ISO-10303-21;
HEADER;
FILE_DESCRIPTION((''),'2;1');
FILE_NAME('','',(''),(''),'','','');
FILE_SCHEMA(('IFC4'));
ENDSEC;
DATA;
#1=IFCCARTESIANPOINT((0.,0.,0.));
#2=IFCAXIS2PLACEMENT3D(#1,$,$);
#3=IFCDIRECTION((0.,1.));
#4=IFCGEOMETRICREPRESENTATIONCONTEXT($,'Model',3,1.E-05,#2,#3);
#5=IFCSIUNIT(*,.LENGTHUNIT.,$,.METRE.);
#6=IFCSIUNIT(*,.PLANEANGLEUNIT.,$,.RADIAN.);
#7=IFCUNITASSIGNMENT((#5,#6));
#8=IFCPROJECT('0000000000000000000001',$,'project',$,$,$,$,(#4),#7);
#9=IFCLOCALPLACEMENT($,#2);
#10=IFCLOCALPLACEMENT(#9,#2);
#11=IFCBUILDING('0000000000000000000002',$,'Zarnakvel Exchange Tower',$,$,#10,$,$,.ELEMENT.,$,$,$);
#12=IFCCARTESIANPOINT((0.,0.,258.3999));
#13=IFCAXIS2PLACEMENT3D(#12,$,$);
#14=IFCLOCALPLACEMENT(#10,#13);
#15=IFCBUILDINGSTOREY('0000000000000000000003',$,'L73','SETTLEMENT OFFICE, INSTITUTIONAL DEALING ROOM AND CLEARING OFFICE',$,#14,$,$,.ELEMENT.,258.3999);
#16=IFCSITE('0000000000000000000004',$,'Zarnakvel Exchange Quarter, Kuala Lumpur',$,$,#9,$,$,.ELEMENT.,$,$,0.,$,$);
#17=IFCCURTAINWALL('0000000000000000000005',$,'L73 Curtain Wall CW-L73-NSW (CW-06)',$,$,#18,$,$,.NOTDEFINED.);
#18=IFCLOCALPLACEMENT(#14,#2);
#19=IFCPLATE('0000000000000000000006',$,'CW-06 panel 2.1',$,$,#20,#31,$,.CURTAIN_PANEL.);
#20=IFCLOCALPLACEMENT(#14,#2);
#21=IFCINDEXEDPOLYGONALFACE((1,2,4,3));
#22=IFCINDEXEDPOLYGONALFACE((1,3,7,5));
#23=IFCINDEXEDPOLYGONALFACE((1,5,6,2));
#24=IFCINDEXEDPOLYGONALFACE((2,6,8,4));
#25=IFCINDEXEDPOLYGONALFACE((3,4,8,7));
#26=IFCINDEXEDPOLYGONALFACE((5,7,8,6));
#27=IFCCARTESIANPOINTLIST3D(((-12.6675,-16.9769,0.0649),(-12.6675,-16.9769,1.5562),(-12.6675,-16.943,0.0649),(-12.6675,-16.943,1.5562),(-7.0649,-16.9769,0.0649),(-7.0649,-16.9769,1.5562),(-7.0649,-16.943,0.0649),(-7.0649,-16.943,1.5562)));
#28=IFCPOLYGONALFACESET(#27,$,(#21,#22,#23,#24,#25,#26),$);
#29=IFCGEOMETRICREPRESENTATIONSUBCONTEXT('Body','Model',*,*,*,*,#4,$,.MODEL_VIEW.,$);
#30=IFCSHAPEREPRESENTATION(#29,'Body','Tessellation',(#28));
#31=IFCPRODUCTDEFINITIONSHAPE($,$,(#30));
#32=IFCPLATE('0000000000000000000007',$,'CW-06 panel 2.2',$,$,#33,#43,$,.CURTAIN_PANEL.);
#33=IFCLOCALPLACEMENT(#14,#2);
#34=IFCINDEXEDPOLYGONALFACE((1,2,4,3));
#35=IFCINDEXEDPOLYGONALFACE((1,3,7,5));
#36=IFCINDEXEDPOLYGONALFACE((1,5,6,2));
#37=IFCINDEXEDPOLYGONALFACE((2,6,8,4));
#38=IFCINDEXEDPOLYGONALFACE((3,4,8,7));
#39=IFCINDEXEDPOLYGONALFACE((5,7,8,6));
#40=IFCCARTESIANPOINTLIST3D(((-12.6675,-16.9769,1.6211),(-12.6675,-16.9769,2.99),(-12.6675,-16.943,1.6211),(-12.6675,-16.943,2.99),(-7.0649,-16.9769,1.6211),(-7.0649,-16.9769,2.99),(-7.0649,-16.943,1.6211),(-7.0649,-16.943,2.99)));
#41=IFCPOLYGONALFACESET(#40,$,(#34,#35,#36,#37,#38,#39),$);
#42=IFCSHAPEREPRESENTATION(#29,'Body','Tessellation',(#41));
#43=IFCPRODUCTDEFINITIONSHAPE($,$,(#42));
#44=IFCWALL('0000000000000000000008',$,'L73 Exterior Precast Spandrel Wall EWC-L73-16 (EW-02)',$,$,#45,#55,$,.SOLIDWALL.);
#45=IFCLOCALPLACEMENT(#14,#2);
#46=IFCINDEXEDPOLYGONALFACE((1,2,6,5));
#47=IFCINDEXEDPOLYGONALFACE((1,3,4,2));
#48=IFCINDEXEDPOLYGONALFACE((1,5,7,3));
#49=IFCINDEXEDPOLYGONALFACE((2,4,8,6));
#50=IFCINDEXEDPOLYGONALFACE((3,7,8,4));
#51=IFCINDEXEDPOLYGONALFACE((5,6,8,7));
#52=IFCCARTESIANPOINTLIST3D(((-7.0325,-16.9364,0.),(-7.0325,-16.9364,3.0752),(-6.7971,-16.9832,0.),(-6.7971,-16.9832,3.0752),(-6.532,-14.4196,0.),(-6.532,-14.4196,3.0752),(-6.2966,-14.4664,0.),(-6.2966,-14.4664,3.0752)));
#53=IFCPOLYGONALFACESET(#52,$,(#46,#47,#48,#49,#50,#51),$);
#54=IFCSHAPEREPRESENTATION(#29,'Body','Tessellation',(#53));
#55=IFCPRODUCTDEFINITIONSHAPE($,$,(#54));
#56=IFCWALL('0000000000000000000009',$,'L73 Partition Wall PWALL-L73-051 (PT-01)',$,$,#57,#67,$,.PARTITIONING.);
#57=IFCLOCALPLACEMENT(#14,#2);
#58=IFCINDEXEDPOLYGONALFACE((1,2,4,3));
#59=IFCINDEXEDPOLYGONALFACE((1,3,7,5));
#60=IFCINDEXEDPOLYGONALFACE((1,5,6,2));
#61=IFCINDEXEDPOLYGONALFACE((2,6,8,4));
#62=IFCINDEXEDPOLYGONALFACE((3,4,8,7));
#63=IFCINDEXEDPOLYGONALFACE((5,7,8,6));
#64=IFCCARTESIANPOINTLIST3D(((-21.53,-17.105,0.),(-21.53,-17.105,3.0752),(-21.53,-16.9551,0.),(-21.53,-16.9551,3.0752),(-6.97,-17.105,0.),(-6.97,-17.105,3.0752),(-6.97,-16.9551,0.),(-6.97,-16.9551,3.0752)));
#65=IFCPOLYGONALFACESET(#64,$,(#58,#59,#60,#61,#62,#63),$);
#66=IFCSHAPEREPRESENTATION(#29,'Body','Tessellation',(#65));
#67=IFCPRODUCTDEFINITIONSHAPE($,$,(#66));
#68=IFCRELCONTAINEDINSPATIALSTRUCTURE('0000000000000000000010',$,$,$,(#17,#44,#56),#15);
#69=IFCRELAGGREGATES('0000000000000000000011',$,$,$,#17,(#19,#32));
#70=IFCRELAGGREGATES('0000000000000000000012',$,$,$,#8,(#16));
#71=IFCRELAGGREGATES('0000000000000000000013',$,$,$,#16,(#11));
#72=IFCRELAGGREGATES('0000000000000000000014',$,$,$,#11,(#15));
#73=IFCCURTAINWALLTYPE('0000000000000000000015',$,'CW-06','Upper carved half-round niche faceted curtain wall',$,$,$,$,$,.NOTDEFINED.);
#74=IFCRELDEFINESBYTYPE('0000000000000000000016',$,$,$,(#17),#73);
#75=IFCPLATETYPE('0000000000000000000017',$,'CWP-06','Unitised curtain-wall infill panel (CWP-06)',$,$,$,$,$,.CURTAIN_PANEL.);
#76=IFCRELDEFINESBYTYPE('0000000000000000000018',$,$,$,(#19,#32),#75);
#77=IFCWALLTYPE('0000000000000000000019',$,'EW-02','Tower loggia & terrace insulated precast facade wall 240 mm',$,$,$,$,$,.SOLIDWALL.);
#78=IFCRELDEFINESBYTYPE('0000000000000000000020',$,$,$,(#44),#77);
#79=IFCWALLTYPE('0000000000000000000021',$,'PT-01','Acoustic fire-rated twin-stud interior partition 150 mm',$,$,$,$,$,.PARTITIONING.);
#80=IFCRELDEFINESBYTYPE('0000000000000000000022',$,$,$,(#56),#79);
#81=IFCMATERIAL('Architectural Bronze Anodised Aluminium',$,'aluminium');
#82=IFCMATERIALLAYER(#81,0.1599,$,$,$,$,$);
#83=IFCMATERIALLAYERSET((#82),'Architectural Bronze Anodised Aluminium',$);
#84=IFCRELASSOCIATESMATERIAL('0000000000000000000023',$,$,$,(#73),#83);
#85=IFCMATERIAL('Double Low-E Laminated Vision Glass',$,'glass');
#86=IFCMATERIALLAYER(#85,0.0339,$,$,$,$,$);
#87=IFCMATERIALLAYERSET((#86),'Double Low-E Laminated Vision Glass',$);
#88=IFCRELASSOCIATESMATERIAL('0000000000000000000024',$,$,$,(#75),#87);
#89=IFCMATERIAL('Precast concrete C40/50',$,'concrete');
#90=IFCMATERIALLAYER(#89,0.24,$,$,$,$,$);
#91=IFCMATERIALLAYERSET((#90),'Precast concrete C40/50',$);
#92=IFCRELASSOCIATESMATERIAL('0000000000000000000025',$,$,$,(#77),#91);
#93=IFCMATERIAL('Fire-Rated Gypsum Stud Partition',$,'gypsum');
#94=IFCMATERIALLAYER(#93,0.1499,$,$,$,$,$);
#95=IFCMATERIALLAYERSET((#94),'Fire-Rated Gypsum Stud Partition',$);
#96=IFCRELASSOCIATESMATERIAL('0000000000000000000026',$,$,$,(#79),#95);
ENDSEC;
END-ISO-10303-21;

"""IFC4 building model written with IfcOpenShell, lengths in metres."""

from ifc_helpers import new_model, si_unit, direction, frame, frame_2d, origin, origin_2d, place, context, subcontext, project, spatial, rectangle, extrude, source, transform, mapped, material, layer, layer_set, type_object, element, aggregate, save


model = new_model("IFC4")

# Units and contexts
model_context = context("Model", 3, precision=1e-05, world=origin(), true_north=direction((0.0, 1.0)))
body_context = subcontext(model_context, "Body", "Model", "MODEL_VIEW")
ifc_project = project(units=[si_unit("LENGTHUNIT", "METRE"), si_unit("PLANEANGLEUNIT", "RADIAN")], contexts=[model_context])

# Site, building, storey
site_placement = place(None, origin())
site = spatial("IfcSite", under=ifc_project, at=site_placement, Name="Zarnakvel Exchange Quarter, Kuala Lumpur", CompositionType="ELEMENT", RefElevation=0.0)
building_placement = place(site_placement, origin())
building = spatial("IfcBuilding", under=site, at=building_placement, Name="Zarnakvel Exchange Tower", CompositionType="ELEMENT")
storey_placement = place(building_placement, frame((0.0, 0.0, 258.3999)))
storey = spatial("IfcBuildingStorey", under=building, at=storey_placement, Name="L73", Description="SETTLEMENT OFFICE, INSTITUTIONAL DEALING ROOM AND CLEARING OFFICE", CompositionType="ELEMENT", Elevation=258.3999)

# Shared definitions
ifc_material_1 = material(Name="Architectural Bronze Anodised Aluminium", Category="aluminium")
ifc_layer_1 = layer(ifc_material_1, 0.1599)
ifc_layer_set_1 = layer_set([ifc_layer_1], Name="Architectural Bronze Anodised Aluminium")
curtain_wall_type = type_object("IfcCurtainWallType", Name="CW-06", Description="Upper carved half-round niche faceted curtain wall", PredefinedType="NOTDEFINED", material=ifc_layer_set_1)

# Curtain wall
curtain_wall_1_placement = place(storey_placement, origin())
curtain_wall_1 = element("IfcCurtainWall", 1, at=curtain_wall_1_placement, inside=storey, type_object=curtain_wall_type, Name="L73 Curtain Wall CW-L73-NSW (CW-06)", PredefinedType="NOTDEFINED")

# Plates
ifc_material_2 = material(Name="Double Low-E Laminated Vision Glass", Category="glass")
ifc_layer_2 = layer(ifc_material_2, 0.0339)
ifc_layer_set_2 = layer_set([ifc_layer_2], Name="Double Low-E Laminated Vision Glass")
plate_type = type_object("IfcPlateType", Name="CWP-06", Description="Unitised curtain-wall infill panel (CWP-06)", PredefinedType="CURTAIN_PANEL", material=ifc_layer_set_2)
shared_shape_1 = source(origin(), body_context, "Body", "SweptSolid", [
    extrude(rectangle(XDim=5.6025, YDim=0.0339, at=origin_2d()), origin(), (0.0, 0.0, 1.0), 1.4912),
])
plate_1_placement = place(storey_placement, frame((-9.8662, -16.96, 0.0649), z_axis=(0.0, 0.0, 1.0), x_axis=(1.0, 0.0, 0.0)))
plate_1 = element("IfcPlate", 2, at=plate_1_placement, type_object=plate_type, Name="CW-06 panel 2.1", PredefinedType="CURTAIN_PANEL", context=body_context, shape_type="MappedRepresentation", body=[
    mapped(shared_shape_1, transform((0.0, 0.0, 0.0), x_axis=(1.0, 0.0, 0.0), y_axis=(0.0, 1.0, 0.0), z_axis=(0.0, 0.0, 1.0), scale=1.0)),
])
shared_shape_2 = source(origin(), body_context, "Body", "SweptSolid", [
    extrude(rectangle(XDim=5.6025, YDim=0.0339, at=origin_2d()), origin(), (0.0, 0.0, 1.0), 1.3689),
])
plate_2_placement = place(storey_placement, frame((-9.8662, -16.96, 1.6211), z_axis=(0.0, 0.0, 1.0), x_axis=(1.0, 0.0, 0.0)))
plate_2 = element("IfcPlate", 3, at=plate_2_placement, type_object=plate_type, Name="CW-06 panel 2.2", PredefinedType="CURTAIN_PANEL", context=body_context, shape_type="MappedRepresentation", body=[
    mapped(shared_shape_2, transform((0.0, 0.0, 0.0), x_axis=(1.0, 0.0, 0.0), y_axis=(0.0, 1.0, 0.0), z_axis=(0.0, 0.0, 1.0), scale=1.0)),
])
aggregate(curtain_wall_1, [plate_1, plate_2])

# Walls
ifc_material_3 = material(Name="Precast concrete C40/50", Category="concrete")
ifc_layer_3 = layer(ifc_material_3, 0.24)
ifc_layer_set_3 = layer_set([ifc_layer_3], Name="Precast concrete C40/50")
wall_type_1 = type_object("IfcWallType", Name="EW-02", Description="Tower loggia & terrace insulated precast facade wall 240 mm", PredefinedType="SOLIDWALL", material=ifc_layer_set_3)
wall_1_placement = place(storey_placement, frame((-6.9148, -16.96, 0.0), z_axis=(0.0, 0.0, 1.0), x_axis=(0.195037, 0.980796, 0.0)))
element("IfcWall", 4, at=wall_1_placement, inside=storey, type_object=wall_type_1, Name="L73 Exterior Precast Spandrel Wall EWC-L73-16 (EW-02)", PredefinedType="SOLIDWALL", context=body_context, shape_type="SweptSolid", body=[
    extrude(rectangle(XDim=2.5662, YDim=0.24, at=frame_2d((1.2832, 0.0))), origin(), (0.0, 0.0, 1.0), 3.0752),
])
ifc_material_4 = material(Name="Fire-Rated Gypsum Stud Partition", Category="gypsum")
ifc_layer_4 = layer(ifc_material_4, 0.1499)
ifc_layer_set_4 = layer_set([ifc_layer_4], Name="Fire-Rated Gypsum Stud Partition")
wall_type_2 = type_object("IfcWallType", Name="PT-01", Description="Acoustic fire-rated twin-stud interior partition 150 mm", PredefinedType="PARTITIONING", material=ifc_layer_set_4)
wall_2_placement = place(storey_placement, frame((-6.97, -17.03, 0.0), z_axis=(0.0, 0.0, 1.0), x_axis=(-1.0, 0.0, 0.0)))
element("IfcWall", 5, at=wall_2_placement, inside=storey, type_object=wall_type_2, Name="L73 Partition Wall PWALL-L73-051 (PT-01)", PredefinedType="PARTITIONING", context=body_context, shape_type="SweptSolid", body=[
    extrude(rectangle(XDim=14.5601, YDim=0.1499, at=frame_2d((7.28, 0.0))), origin(), (0.0, 0.0, 1.0), 3.0752),
])

save(model, "model.ifc")
